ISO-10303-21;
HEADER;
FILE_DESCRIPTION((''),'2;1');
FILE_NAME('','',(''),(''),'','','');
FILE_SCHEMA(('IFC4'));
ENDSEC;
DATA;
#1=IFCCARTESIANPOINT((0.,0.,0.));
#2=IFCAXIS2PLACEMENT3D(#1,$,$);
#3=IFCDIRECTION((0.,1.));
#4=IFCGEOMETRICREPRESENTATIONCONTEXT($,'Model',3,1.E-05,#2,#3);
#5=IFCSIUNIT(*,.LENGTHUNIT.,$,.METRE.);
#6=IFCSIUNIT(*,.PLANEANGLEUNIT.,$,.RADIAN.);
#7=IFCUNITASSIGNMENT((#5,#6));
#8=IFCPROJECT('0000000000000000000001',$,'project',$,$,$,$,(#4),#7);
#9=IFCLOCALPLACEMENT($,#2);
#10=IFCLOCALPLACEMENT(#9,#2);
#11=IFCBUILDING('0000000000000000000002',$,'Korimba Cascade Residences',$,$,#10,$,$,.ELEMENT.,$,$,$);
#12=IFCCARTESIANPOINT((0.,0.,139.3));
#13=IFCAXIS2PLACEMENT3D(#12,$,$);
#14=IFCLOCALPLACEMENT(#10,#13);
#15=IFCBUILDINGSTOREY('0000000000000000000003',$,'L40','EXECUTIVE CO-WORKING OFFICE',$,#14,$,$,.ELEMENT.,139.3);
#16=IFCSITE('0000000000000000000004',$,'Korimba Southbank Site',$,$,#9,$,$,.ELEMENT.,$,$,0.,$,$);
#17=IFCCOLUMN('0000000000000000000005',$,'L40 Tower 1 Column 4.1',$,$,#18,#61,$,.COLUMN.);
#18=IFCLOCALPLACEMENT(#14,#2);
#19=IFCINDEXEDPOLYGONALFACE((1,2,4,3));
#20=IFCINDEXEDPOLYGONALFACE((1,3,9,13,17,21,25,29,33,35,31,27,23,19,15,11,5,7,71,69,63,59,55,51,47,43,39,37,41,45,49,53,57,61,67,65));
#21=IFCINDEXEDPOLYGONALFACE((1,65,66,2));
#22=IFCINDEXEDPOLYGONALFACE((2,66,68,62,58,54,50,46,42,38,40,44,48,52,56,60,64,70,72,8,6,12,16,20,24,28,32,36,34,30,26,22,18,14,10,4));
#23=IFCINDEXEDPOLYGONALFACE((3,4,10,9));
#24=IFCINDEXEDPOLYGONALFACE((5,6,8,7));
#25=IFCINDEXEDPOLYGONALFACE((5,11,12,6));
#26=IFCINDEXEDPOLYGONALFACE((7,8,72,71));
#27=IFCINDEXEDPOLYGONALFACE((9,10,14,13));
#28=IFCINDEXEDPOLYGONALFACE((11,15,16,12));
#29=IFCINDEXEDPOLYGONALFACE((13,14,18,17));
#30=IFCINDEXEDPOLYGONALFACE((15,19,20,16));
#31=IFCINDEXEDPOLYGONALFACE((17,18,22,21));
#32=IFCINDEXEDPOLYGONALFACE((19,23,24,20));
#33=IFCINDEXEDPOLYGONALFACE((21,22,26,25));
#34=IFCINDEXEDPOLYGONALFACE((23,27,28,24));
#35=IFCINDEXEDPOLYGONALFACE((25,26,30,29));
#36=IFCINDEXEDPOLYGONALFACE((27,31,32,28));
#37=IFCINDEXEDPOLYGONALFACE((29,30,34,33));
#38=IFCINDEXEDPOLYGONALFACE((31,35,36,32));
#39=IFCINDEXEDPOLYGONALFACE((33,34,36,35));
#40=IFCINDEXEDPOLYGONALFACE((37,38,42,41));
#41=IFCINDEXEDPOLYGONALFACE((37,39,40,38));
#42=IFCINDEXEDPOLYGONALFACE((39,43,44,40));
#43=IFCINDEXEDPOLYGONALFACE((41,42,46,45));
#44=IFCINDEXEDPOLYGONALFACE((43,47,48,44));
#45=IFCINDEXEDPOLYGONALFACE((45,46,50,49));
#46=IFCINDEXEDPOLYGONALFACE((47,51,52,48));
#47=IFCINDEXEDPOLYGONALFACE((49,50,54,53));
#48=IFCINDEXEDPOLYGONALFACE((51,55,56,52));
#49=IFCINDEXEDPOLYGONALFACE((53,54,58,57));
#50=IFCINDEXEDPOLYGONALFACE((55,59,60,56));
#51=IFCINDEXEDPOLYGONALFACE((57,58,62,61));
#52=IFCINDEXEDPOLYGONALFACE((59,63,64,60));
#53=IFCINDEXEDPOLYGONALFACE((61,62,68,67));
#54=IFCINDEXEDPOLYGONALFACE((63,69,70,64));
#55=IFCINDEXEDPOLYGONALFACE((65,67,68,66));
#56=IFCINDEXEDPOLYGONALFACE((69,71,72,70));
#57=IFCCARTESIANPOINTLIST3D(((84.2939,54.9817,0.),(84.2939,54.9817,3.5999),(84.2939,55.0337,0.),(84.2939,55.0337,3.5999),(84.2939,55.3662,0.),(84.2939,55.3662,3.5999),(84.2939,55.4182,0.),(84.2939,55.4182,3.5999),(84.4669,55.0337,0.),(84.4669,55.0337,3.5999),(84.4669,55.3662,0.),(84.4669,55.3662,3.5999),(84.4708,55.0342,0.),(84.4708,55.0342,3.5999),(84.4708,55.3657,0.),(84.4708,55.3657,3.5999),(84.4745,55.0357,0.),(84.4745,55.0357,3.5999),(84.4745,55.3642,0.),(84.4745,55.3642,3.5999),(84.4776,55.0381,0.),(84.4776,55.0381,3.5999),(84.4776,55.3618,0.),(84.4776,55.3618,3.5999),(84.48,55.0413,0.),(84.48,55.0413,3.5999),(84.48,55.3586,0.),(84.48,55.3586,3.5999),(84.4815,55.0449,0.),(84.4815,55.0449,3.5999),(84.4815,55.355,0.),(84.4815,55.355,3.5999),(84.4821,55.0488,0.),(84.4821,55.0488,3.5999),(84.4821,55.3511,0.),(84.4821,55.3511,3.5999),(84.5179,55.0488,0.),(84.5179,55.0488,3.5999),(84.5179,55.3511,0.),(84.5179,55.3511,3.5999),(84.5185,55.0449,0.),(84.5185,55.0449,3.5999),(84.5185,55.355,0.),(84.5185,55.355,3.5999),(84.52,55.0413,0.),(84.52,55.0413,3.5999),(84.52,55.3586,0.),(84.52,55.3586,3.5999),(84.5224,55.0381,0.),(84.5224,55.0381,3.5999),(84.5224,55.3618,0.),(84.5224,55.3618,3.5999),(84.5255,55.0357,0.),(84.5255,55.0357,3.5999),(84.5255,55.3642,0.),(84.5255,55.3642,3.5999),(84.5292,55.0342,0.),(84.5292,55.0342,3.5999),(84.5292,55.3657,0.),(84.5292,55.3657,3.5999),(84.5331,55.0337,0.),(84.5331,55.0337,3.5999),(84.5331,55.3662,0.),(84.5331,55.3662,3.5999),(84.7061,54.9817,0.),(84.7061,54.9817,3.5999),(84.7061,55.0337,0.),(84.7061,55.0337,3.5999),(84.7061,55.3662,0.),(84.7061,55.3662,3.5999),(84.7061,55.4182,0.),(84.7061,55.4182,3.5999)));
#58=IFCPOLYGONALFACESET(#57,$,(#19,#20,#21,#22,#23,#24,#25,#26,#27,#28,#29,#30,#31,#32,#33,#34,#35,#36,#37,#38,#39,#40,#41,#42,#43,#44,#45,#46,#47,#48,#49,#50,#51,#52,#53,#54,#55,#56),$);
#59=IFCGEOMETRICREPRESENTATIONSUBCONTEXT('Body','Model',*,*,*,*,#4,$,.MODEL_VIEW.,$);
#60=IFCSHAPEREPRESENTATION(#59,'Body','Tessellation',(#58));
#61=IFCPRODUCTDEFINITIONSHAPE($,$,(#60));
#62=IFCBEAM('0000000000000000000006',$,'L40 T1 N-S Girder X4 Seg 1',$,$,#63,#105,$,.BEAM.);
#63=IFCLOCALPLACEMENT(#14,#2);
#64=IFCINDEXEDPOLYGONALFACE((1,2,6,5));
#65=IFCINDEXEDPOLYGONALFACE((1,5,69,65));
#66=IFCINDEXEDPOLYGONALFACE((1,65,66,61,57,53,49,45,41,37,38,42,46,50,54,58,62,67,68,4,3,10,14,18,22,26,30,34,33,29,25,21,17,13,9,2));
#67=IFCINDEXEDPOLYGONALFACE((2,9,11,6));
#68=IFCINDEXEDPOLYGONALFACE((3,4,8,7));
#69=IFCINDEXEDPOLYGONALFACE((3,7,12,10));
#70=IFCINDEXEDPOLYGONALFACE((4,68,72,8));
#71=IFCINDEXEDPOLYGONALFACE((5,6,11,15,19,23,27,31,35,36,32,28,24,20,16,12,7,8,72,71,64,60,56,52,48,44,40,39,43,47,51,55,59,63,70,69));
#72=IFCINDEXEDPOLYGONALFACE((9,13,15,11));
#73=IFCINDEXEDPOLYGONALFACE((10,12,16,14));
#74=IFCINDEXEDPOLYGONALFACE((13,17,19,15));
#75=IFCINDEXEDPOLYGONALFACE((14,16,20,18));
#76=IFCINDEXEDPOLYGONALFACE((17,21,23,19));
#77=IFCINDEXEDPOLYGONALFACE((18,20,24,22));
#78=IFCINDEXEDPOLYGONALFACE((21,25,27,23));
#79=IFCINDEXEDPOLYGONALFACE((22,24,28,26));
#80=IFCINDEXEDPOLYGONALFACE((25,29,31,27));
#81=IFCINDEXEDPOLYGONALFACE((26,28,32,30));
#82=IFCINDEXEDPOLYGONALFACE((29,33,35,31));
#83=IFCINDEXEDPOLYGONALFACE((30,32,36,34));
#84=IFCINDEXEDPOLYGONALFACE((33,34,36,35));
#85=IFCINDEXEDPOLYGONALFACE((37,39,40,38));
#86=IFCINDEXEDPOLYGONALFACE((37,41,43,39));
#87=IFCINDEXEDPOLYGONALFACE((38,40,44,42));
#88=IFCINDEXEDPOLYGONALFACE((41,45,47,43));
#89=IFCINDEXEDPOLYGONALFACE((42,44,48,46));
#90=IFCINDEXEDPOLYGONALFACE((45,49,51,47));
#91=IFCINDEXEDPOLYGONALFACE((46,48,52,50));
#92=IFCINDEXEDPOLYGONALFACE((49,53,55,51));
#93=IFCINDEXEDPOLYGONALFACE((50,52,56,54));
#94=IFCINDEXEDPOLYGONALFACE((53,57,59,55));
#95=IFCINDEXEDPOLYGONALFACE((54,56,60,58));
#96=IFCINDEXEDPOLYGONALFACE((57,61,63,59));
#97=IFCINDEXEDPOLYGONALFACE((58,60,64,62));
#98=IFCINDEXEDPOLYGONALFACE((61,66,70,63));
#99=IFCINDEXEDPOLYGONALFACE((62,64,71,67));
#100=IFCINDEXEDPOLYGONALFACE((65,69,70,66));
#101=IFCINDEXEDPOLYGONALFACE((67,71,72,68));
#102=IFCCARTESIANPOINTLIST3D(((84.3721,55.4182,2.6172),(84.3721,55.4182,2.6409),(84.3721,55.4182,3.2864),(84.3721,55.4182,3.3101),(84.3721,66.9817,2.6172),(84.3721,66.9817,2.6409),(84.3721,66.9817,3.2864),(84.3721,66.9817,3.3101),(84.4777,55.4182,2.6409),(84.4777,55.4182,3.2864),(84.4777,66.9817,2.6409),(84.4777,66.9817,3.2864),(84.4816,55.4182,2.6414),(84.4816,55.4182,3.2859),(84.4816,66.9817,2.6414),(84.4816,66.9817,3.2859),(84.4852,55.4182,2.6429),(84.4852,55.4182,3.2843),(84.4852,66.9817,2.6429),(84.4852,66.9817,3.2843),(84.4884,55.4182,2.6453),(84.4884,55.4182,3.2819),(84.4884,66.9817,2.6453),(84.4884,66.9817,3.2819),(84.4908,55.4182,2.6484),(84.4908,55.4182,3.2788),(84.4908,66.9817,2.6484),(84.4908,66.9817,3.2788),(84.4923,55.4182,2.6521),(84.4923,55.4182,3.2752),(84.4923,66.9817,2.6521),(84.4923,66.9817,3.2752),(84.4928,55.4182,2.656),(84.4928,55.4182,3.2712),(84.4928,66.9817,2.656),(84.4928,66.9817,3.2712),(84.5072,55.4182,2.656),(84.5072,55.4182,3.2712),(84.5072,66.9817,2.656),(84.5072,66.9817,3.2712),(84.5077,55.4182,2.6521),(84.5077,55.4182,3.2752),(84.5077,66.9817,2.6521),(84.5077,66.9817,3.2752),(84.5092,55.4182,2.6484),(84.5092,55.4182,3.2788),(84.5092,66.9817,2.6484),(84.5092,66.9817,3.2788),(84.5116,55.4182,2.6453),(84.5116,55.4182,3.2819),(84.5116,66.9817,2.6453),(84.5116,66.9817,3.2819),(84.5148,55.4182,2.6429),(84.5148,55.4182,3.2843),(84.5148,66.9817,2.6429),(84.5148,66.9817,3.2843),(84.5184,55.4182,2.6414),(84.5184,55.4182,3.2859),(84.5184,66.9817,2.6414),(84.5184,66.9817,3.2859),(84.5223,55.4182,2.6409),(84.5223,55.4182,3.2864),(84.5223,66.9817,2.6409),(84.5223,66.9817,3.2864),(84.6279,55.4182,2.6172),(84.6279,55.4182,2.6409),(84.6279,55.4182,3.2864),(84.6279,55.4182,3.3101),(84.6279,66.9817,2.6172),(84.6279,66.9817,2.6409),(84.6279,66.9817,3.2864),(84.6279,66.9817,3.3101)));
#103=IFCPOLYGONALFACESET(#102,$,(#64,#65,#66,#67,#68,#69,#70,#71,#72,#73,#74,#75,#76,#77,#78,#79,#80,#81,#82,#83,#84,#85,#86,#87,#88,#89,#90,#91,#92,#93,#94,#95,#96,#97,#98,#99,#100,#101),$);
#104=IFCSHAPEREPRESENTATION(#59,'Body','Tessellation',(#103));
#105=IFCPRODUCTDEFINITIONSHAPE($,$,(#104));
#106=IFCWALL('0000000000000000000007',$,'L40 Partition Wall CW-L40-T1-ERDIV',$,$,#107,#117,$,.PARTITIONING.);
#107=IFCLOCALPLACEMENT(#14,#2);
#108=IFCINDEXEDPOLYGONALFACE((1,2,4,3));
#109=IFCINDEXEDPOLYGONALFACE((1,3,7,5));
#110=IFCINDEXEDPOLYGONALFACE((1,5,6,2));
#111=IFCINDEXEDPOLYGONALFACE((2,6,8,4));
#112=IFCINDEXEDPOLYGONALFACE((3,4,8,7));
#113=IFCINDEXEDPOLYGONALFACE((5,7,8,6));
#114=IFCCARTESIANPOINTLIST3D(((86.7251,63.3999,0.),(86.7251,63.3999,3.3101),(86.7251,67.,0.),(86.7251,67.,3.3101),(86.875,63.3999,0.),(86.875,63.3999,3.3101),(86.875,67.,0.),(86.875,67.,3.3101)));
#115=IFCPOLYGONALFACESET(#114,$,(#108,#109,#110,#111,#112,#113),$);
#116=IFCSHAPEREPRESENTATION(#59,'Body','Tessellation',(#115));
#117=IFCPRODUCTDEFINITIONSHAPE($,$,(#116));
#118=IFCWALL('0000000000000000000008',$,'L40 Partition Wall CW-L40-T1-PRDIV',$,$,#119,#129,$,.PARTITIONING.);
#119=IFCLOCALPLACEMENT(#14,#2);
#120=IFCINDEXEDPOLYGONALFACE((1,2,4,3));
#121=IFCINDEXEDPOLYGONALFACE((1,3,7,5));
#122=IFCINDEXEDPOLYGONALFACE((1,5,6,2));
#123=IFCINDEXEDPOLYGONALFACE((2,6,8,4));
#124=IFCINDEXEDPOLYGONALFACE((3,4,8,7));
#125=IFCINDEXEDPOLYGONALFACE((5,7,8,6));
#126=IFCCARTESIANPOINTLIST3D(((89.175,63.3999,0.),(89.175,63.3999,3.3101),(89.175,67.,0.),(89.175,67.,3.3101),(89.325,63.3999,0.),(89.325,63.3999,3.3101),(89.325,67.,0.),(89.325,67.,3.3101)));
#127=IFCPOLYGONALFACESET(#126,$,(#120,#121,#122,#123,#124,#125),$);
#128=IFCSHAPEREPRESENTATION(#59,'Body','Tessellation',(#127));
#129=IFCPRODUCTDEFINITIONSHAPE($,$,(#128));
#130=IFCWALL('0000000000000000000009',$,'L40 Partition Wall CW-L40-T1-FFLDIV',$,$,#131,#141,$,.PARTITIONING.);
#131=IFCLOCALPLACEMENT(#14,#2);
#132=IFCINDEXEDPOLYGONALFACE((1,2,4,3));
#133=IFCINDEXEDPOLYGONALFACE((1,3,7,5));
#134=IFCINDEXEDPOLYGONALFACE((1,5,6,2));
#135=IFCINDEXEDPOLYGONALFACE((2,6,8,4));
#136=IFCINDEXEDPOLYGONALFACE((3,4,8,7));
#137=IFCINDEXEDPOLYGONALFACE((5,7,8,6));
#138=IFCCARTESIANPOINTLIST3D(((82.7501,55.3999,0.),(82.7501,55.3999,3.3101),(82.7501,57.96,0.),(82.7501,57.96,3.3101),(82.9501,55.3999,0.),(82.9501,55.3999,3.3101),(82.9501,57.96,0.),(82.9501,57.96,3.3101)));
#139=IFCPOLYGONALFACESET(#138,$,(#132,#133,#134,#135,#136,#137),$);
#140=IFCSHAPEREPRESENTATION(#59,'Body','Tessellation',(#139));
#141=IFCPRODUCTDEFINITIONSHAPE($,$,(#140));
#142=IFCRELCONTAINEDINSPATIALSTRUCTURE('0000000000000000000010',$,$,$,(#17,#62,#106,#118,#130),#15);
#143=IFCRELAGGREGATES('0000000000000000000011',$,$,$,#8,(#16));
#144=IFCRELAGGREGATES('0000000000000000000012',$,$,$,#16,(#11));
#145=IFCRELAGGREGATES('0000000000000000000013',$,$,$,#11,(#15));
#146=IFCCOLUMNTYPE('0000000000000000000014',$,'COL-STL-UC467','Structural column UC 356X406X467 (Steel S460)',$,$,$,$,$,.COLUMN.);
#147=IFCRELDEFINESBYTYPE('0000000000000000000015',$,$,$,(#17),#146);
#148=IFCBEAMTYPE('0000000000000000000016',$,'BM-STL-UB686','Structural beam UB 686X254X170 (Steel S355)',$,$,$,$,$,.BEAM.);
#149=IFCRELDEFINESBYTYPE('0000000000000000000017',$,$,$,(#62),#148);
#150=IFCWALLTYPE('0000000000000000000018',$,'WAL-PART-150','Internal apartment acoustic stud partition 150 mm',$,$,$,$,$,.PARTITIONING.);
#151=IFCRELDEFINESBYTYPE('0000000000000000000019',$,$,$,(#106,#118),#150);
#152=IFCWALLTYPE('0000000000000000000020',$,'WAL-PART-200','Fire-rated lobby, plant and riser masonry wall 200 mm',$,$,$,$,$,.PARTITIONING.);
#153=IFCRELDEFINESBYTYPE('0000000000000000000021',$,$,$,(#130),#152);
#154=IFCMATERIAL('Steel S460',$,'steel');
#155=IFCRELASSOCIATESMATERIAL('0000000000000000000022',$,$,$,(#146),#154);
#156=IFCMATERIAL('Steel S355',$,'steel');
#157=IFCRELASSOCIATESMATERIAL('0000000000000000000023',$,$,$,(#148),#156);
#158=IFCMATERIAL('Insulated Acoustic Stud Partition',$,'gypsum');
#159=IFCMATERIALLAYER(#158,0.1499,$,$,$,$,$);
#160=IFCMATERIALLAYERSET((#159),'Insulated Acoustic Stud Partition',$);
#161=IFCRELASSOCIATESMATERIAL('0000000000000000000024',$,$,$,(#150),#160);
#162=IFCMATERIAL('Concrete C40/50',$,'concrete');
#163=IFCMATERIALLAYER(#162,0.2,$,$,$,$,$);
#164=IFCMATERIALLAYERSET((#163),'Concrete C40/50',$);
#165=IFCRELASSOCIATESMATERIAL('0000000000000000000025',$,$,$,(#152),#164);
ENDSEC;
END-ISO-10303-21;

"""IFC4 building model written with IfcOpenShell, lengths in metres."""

from ifc_helpers import new_model, si_unit, direction, frame, frame_2d, origin, origin_2d, place, context, subcontext, project, spatial, rectangle, i_section, extrude, material, layer, layer_set, material_profile, profile_set, type_object, element, save


model = new_model("IFC4")

# Units and contexts
model_context = context("Model", 3, precision=1e-05, world=origin(), true_north=direction((0.0, 1.0)))
body_context = subcontext(model_context, "Body", "Model", "MODEL_VIEW")
ifc_project = project(units=[si_unit("LENGTHUNIT", "METRE"), si_unit("PLANEANGLEUNIT", "RADIAN")], contexts=[model_context])

# Site, building, storey
site_placement = place(None, origin())
site = spatial("IfcSite", under=ifc_project, at=site_placement, Name="Korimba Southbank Site", CompositionType="ELEMENT", RefElevation=0.0)
building_placement = place(site_placement, origin())
building = spatial("IfcBuilding", under=site, at=building_placement, Name="Korimba Cascade Residences", CompositionType="ELEMENT")
storey_placement = place(building_placement, frame((0.0, 0.0, 139.3)))
storey = spatial("IfcBuildingStorey", under=building, at=storey_placement, Name="L40", Description="EXECUTIVE CO-WORKING OFFICE", CompositionType="ELEMENT", Elevation=139.3)

# Column
ifc_material_1 = material(Name="Steel S460", Category="steel")
ifc_material_profile_1 = material_profile(ifc_material_1, i_section(OverallWidth=0.4121, OverallDepth=0.4365, WebThickness=0.0359, FlangeThickness=0.052, FilletRadius=0.0151, at=origin_2d()), Name="Steel S460")
ifc_profile_set_1 = profile_set([ifc_material_profile_1], Name="Steel S460")
column_type = type_object("IfcColumnType", Name="COL-STL-UC467", Description="Structural column UC 356X406X467 (Steel S460)", PredefinedType="COLUMN", material=ifc_profile_set_1)
column_placement = place(storey_placement, frame((84.5, 55.2, 0.0), z_axis=(0.0, 0.0, 1.0), x_axis=(1.0, 0.0, 0.0)))
element("IfcColumn", 1, at=column_placement, inside=storey, type_object=column_type, Name="L40 Tower 1 Column 4.1", PredefinedType="COLUMN", context=body_context, shape_type="SweptSolid", body=[
    extrude(i_section(OverallWidth=0.4121, OverallDepth=0.4365, WebThickness=0.0359, FlangeThickness=0.052, FilletRadius=0.0151, at=origin_2d()), origin(), (0.0, 0.0, 1.0), 3.5999),
])

# Beam
ifc_material_2 = material(Name="Steel S355", Category="steel")
ifc_material_profile_2 = material_profile(ifc_material_2, i_section(OverallWidth=0.2559, OverallDepth=0.6929, WebThickness=0.0144, FlangeThickness=0.0237, FilletRadius=0.0151, at=origin_2d()), Name="Steel S355")
ifc_profile_set_2 = profile_set([ifc_material_profile_2], Name="Steel S355")
beam_type = type_object("IfcBeamType", Name="BM-STL-UB686", Description="Structural beam UB 686X254X170 (Steel S355)", PredefinedType="BEAM", material=ifc_profile_set_2)
beam_placement = place(storey_placement, frame((84.5, 55.4182, 2.9636), z_axis=(0.0, 1.0, 0.0), x_axis=(-1.0, 0.0, 0.0)))
element("IfcBeam", 2, at=beam_placement, inside=storey, type_object=beam_type, Name="L40 T1 N-S Girder X4 Seg 1", PredefinedType="BEAM", context=body_context, shape_type="SweptSolid", body=[
    extrude(i_section(OverallWidth=0.2559, OverallDepth=0.6929, WebThickness=0.0144, FlangeThickness=0.0237, FilletRadius=0.0151, at=origin_2d()), origin(), (0.0, 0.0, 1.0), 11.5635),
])

# Walls
ifc_material_3 = material(Name="Insulated Acoustic Stud Partition", Category="gypsum")
ifc_layer_1 = layer(ifc_material_3, 0.1499)
ifc_layer_set_1 = layer_set([ifc_layer_1], Name="Insulated Acoustic Stud Partition")
wall_type_1 = type_object("IfcWallType", Name="WAL-PART-150", Description="Internal apartment acoustic stud partition 150 mm", PredefinedType="PARTITIONING", material=ifc_layer_set_1)
for number, where, z_axis, x_axis, name in (
    (3, (86.8, 63.3999, 0.0), (0.0, 0.0, 1.0), (0.0, 1.0, 0.0), "L40 Partition Wall CW-L40-T1-ERDIV"),
    (4, (89.25, 63.3999, 0.0), (0.0, 0.0, 1.0), (0.0, 1.0, 0.0), "L40 Partition Wall CW-L40-T1-PRDIV"),
):
    element("IfcWall", number, at=place(storey_placement, frame(where, z_axis=z_axis, x_axis=x_axis)), inside=storey, type_object=wall_type_1, Name=name, PredefinedType="PARTITIONING", context=body_context, shape_type="SweptSolid", body=[
        extrude(rectangle(XDim=3.6001, YDim=0.1499, at=frame_2d((1.8, 0.0))), origin(), (0.0, 0.0, 1.0), 3.3101),
    ])
ifc_material_4 = material(Name="Concrete C40/50", Category="concrete")
ifc_layer_2 = layer(ifc_material_4, 0.2)
ifc_layer_set_2 = layer_set([ifc_layer_2], Name="Concrete C40/50")
wall_type_2 = type_object("IfcWallType", Name="WAL-PART-200", Description="Fire-rated lobby, plant and riser masonry wall 200 mm", PredefinedType="PARTITIONING", material=ifc_layer_set_2)
wall_1_placement = place(storey_placement, frame((82.8501, 55.3999, 0.0), z_axis=(0.0, 0.0, 1.0), x_axis=(0.0, 1.0, 0.0)))
element("IfcWall", 5, at=wall_1_placement, inside=storey, type_object=wall_type_2, Name="L40 Partition Wall CW-L40-T1-FFLDIV", PredefinedType="PARTITIONING", context=body_context, shape_type="SweptSolid", body=[
    extrude(rectangle(XDim=2.5601, YDim=0.2, at=frame_2d((1.28, 0.0))), origin(), (0.0, 0.0, 1.0), 3.3101),
])

save(model, "model.ifc")
